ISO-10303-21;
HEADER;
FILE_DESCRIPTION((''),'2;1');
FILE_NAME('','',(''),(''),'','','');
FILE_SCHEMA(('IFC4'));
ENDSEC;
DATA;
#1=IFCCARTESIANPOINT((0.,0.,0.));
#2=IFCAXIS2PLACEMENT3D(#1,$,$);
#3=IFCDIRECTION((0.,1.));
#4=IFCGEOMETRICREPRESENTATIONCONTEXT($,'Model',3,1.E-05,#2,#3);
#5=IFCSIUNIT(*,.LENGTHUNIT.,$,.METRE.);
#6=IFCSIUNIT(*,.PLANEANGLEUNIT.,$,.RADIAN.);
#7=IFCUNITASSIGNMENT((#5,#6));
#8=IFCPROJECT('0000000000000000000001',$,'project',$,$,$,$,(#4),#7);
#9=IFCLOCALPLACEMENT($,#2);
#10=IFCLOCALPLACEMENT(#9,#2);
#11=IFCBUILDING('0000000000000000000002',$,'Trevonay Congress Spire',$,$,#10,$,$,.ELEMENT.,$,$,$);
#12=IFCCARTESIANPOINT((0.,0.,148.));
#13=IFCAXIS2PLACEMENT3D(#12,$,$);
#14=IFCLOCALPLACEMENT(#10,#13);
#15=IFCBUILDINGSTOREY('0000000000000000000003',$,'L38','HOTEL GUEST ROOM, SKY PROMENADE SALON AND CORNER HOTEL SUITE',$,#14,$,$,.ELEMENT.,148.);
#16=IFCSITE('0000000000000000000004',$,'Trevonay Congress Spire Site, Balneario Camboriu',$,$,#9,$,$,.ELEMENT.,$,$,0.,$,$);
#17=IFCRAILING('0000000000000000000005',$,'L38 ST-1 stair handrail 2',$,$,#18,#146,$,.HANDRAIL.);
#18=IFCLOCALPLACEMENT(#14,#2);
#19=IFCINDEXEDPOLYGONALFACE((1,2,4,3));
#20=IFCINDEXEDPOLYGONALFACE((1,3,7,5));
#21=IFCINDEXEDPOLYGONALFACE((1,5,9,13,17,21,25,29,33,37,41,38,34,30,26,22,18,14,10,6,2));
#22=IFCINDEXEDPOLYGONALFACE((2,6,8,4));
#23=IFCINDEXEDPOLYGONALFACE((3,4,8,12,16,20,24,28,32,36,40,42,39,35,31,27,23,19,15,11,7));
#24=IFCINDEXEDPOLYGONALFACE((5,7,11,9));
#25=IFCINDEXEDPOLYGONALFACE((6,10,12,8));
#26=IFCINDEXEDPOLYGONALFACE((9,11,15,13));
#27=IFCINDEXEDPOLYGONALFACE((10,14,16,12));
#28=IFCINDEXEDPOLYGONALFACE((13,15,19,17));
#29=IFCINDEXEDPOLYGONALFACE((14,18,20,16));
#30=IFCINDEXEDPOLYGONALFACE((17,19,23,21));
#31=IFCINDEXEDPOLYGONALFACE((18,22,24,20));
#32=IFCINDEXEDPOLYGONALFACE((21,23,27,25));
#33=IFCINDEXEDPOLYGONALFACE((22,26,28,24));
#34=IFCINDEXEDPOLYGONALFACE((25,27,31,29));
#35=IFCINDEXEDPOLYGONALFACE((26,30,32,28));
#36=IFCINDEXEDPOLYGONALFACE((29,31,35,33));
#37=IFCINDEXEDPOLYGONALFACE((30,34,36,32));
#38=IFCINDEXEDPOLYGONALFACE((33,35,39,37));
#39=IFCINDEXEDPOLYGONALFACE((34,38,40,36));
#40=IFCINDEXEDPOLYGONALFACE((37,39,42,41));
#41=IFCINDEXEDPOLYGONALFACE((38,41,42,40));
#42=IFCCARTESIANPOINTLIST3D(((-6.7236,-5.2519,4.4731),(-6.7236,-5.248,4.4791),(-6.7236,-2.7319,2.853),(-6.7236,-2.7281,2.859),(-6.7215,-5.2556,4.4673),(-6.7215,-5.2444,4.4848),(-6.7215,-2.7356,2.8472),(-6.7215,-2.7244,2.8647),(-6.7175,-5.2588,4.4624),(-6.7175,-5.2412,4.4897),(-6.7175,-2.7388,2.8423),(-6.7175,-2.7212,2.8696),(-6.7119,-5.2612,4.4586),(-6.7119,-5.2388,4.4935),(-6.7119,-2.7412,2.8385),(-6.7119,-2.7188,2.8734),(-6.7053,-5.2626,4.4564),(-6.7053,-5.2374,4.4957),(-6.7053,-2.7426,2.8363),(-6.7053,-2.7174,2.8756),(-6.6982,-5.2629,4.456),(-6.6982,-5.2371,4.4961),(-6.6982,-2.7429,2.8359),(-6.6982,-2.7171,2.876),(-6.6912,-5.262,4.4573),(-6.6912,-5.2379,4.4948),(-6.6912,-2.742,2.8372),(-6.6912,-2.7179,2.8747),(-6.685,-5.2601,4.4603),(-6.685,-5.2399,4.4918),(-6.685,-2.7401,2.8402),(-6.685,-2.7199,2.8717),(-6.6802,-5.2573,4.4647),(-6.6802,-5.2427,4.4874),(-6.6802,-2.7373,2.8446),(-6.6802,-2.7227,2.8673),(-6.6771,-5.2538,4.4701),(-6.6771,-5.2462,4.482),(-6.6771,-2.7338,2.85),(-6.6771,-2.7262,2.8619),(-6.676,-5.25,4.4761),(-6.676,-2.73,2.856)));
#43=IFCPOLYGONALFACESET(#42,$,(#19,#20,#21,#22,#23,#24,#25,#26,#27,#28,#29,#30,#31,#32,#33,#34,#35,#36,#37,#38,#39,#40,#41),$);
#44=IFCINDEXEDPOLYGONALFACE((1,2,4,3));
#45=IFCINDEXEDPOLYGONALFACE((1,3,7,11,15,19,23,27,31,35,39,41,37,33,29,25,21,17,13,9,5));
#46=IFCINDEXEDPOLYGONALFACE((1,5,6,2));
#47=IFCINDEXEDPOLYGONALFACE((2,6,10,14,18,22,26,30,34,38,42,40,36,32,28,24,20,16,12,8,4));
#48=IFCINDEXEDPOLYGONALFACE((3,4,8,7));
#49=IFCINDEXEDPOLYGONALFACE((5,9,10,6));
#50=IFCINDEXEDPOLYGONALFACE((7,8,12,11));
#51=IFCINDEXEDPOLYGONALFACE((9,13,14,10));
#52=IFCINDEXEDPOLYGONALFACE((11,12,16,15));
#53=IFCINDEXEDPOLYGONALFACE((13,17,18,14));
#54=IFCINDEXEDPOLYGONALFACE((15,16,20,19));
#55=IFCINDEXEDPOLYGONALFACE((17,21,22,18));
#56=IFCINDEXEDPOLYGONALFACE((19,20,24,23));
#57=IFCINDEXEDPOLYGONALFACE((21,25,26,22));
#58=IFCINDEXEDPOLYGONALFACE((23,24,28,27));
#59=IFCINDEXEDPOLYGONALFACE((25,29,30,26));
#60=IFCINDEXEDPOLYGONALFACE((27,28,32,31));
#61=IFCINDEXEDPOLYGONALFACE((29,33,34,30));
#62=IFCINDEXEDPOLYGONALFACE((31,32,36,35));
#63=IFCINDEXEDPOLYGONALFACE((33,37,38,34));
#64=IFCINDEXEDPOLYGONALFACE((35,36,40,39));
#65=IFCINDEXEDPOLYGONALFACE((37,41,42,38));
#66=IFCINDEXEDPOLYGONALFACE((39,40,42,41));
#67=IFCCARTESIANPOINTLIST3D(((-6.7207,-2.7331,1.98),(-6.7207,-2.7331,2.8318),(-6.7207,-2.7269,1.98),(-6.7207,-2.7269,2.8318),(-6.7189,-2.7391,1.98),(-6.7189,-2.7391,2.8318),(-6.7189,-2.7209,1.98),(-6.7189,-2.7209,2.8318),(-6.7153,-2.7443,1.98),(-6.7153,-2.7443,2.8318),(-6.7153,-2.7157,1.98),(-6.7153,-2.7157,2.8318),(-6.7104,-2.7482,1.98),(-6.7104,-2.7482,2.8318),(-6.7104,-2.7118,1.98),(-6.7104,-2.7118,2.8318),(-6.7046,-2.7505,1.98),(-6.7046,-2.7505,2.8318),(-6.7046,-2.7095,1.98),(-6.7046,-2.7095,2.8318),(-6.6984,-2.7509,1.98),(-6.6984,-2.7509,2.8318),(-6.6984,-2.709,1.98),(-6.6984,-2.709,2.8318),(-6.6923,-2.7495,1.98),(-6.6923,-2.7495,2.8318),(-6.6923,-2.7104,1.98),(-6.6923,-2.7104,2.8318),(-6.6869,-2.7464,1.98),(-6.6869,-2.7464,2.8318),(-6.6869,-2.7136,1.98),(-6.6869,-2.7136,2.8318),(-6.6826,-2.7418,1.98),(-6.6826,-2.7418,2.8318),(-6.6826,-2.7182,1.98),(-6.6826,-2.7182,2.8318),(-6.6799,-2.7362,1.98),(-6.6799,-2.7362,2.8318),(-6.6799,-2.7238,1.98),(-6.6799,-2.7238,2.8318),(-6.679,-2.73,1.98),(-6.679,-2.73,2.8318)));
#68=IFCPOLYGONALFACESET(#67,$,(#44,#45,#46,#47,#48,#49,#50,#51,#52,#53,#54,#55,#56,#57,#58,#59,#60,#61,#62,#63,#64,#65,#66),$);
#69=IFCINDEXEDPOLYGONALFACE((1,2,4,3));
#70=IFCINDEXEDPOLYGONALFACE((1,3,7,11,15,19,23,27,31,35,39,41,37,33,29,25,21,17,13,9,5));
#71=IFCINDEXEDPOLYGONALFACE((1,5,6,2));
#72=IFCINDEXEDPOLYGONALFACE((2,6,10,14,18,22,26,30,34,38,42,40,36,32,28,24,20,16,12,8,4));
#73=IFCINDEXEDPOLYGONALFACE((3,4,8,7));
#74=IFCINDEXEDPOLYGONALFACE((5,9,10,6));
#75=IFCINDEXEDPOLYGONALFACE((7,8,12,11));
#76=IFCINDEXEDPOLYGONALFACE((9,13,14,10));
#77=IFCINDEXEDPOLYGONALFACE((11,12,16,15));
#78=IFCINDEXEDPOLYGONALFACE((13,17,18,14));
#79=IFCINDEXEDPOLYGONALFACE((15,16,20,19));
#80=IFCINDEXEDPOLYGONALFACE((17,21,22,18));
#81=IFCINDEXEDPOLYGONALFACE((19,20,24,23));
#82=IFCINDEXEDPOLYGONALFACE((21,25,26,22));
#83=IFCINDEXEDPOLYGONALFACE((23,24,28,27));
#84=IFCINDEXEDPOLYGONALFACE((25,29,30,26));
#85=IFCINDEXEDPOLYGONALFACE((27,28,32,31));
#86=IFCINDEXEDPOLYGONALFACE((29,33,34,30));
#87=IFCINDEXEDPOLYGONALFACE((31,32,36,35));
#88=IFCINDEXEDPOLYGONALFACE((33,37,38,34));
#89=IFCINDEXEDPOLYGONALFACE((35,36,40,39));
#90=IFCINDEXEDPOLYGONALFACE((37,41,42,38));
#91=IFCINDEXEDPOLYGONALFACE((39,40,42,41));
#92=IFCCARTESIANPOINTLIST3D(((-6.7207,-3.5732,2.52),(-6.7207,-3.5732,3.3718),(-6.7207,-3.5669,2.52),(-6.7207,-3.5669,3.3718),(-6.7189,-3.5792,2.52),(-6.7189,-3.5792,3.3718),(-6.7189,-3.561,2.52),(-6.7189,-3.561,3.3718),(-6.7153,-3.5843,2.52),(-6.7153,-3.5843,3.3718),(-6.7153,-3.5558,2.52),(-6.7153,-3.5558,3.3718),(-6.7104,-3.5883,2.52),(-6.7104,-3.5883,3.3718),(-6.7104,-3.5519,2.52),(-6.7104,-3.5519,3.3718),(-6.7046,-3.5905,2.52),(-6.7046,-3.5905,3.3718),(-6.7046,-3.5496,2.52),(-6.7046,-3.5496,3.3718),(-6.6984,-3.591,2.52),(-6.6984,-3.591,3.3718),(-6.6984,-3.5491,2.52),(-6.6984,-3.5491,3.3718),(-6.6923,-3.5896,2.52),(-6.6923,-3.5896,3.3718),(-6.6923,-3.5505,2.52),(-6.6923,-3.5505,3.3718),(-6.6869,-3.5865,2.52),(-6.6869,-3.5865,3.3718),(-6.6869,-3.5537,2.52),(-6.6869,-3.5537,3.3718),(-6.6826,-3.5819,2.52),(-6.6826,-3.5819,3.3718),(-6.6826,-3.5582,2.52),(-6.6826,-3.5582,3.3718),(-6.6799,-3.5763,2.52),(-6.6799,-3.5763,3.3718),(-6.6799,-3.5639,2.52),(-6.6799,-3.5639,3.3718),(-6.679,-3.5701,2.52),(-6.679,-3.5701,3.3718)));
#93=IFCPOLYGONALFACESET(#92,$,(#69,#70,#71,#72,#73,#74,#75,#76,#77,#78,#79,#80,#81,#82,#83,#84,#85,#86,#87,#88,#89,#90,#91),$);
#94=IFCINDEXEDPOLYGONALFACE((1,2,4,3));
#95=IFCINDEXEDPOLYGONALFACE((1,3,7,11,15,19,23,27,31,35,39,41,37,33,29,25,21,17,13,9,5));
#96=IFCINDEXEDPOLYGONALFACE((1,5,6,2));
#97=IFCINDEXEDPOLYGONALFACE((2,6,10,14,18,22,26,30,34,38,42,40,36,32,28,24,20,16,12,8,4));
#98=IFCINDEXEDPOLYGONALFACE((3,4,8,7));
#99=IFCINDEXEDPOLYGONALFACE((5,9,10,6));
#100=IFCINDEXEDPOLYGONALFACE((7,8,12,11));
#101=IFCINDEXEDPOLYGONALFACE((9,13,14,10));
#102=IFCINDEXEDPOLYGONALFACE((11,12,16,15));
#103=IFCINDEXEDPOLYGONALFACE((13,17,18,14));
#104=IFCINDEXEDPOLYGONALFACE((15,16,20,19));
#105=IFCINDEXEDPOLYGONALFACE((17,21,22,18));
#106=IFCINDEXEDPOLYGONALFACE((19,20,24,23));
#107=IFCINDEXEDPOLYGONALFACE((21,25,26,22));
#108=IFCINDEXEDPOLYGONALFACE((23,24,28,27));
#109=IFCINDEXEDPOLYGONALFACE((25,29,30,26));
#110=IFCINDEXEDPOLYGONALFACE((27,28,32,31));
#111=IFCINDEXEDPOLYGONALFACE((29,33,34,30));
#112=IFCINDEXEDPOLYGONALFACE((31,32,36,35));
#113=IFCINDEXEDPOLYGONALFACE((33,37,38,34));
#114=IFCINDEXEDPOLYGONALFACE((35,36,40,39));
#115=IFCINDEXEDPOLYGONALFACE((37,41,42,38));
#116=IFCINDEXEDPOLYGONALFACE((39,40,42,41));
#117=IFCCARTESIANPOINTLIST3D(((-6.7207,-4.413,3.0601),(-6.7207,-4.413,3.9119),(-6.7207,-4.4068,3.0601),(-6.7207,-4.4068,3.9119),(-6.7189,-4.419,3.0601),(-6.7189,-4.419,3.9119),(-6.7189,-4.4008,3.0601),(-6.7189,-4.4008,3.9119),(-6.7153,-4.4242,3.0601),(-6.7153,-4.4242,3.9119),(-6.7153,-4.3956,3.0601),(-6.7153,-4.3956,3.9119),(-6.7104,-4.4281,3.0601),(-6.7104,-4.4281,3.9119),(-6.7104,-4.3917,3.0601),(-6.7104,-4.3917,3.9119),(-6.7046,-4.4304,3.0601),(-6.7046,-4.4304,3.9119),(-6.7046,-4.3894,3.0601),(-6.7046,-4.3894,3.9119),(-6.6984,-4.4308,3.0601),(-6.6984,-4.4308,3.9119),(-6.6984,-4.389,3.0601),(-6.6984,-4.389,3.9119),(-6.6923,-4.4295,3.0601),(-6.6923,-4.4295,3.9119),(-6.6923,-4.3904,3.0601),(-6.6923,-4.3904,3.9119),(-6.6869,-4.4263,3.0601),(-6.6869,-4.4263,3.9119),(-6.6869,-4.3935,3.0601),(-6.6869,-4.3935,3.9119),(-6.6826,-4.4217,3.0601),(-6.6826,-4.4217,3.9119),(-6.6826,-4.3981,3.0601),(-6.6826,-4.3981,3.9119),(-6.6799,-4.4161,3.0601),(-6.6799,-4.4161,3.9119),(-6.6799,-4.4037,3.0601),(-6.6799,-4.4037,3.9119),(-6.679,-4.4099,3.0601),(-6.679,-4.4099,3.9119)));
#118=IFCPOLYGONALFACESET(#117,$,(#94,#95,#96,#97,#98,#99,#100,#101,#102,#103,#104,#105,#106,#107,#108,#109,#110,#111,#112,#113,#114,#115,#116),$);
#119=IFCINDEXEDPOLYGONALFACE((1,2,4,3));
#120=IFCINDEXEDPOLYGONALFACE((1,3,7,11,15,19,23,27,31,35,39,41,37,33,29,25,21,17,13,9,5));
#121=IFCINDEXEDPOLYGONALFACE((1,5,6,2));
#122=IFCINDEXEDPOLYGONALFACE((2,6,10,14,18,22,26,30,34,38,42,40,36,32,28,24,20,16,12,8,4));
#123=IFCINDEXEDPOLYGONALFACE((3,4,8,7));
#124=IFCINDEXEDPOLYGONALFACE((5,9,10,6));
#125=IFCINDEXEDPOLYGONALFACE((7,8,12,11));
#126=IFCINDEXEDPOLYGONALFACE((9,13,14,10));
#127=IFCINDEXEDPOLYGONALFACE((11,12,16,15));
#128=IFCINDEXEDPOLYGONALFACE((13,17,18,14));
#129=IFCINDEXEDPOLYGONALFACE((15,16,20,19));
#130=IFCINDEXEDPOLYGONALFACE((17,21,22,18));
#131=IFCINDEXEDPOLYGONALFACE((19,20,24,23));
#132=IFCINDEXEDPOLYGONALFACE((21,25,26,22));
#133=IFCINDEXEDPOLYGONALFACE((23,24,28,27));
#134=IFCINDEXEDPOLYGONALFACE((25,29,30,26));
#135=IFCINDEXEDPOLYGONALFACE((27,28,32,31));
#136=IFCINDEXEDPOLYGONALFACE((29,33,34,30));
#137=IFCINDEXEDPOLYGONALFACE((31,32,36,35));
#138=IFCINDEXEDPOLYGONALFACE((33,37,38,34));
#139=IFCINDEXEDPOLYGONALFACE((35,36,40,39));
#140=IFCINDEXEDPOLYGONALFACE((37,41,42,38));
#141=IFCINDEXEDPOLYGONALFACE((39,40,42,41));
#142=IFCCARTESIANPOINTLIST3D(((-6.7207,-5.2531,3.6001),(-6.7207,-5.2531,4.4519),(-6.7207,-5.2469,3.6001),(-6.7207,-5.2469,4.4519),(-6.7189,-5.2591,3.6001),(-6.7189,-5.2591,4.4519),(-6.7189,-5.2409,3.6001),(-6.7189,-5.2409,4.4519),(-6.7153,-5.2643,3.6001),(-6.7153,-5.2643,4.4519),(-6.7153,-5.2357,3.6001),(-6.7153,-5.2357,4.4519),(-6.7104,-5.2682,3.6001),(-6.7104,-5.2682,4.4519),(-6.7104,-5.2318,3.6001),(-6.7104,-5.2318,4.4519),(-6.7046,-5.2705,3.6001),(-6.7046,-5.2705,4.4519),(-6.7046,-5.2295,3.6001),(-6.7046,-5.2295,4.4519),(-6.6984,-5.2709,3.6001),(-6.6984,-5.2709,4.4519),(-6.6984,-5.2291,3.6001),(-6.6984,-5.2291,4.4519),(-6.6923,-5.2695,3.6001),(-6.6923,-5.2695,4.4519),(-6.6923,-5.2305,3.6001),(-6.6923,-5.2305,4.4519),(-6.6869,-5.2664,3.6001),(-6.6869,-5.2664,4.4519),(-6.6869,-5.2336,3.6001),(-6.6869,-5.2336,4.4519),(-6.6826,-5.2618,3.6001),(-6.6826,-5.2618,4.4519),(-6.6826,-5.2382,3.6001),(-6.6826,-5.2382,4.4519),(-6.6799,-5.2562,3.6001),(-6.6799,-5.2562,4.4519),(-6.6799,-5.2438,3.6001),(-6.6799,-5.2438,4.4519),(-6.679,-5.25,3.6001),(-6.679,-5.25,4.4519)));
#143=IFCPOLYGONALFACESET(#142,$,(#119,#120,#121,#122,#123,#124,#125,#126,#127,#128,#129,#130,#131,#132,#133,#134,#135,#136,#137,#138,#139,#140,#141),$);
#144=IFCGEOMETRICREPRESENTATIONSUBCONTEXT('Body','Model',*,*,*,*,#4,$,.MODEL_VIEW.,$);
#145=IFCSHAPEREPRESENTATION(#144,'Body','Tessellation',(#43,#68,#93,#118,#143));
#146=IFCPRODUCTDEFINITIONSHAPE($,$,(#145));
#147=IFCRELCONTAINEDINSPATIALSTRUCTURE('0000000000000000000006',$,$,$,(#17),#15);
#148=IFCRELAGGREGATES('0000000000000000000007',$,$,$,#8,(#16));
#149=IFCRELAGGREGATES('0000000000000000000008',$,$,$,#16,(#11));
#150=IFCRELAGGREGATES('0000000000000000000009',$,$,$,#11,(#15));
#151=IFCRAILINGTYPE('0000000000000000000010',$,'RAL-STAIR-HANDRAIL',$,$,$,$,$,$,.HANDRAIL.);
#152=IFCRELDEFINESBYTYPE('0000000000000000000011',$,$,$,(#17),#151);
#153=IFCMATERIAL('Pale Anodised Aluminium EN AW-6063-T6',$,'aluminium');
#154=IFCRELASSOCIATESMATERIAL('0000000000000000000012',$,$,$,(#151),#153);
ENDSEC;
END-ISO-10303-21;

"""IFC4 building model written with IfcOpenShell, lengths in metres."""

from ifc_helpers import new_model, si_unit, direction, frame, origin, origin_2d, place, context, subcontext, project, spatial, circle, extrude, material, type_object, element, save


model = new_model("IFC4")

# Units and contexts
model_context = context("Model", 3, precision=1e-05, world=origin(), true_north=direction((0.0, 1.0)))
body_context = subcontext(model_context, "Body", "Model", "MODEL_VIEW")
ifc_project = project(units=[si_unit("LENGTHUNIT", "METRE"), si_unit("PLANEANGLEUNIT", "RADIAN")], contexts=[model_context])

# Site, building, storey
site_placement = place(None, origin())
site = spatial("IfcSite", under=ifc_project, at=site_placement, Name="Trevonay Congress Spire Site, Balneario Camboriu", CompositionType="ELEMENT", RefElevation=0.0)
building_placement = place(site_placement, origin())
building = spatial("IfcBuilding", under=site, at=building_placement, Name="Trevonay Congress Spire", CompositionType="ELEMENT")
storey_placement = place(building_placement, frame((0.0, 0.0, 148.0)))
storey = spatial("IfcBuildingStorey", under=building, at=storey_placement, Name="L38", Description="HOTEL GUEST ROOM, SKY PROMENADE SALON AND CORNER HOTEL SUITE", CompositionType="ELEMENT", Elevation=148.0)

# Railing
ifc_material_1 = material(Name="Pale Anodised Aluminium EN AW-6063-T6", Category="aluminium")
railing_type_1 = type_object("IfcRailingType", Name="RAL-STAIR-HANDRAIL", PredefinedType="HANDRAIL", material=ifc_material_1)
railing_1_placement = place(storey_placement, frame((-6.7, -2.73, 1.98)))
element("IfcRailing", 1, at=railing_1_placement, inside=storey, type_object=railing_type_1, Name="L38 ST-1 stair handrail 2", PredefinedType="HANDRAIL", context=body_context, shape_type="SweptSolid", body=[
    extrude(circle(Radius=0.0239, at=origin_2d()), frame((0.0, 0.0, 0.876), z_axis=(0.0, -0.841163, 0.540782), x_axis=(1.0, 0.0, 0.0)), (0.0, 0.0, 1.0), 2.9958),
    extrude(circle(Radius=0.021, at=origin_2d()), origin(), (0.0, 0.0, 1.0), 0.8518),
    extrude(circle(Radius=0.021, at=origin_2d()), frame((0.0, -0.8401, 0.54)), (0.0, 0.0, 1.0), 0.8518),
    extrude(circle(Radius=0.021, at=origin_2d()), frame((0.0, -1.6799, 1.0801)), (0.0, 0.0, 1.0), 0.8518),
    extrude(circle(Radius=0.021, at=origin_2d()), frame((0.0, -2.52, 1.6201)), (0.0, 0.0, 1.0), 0.8518),
])

save(model, "model.ifc")
